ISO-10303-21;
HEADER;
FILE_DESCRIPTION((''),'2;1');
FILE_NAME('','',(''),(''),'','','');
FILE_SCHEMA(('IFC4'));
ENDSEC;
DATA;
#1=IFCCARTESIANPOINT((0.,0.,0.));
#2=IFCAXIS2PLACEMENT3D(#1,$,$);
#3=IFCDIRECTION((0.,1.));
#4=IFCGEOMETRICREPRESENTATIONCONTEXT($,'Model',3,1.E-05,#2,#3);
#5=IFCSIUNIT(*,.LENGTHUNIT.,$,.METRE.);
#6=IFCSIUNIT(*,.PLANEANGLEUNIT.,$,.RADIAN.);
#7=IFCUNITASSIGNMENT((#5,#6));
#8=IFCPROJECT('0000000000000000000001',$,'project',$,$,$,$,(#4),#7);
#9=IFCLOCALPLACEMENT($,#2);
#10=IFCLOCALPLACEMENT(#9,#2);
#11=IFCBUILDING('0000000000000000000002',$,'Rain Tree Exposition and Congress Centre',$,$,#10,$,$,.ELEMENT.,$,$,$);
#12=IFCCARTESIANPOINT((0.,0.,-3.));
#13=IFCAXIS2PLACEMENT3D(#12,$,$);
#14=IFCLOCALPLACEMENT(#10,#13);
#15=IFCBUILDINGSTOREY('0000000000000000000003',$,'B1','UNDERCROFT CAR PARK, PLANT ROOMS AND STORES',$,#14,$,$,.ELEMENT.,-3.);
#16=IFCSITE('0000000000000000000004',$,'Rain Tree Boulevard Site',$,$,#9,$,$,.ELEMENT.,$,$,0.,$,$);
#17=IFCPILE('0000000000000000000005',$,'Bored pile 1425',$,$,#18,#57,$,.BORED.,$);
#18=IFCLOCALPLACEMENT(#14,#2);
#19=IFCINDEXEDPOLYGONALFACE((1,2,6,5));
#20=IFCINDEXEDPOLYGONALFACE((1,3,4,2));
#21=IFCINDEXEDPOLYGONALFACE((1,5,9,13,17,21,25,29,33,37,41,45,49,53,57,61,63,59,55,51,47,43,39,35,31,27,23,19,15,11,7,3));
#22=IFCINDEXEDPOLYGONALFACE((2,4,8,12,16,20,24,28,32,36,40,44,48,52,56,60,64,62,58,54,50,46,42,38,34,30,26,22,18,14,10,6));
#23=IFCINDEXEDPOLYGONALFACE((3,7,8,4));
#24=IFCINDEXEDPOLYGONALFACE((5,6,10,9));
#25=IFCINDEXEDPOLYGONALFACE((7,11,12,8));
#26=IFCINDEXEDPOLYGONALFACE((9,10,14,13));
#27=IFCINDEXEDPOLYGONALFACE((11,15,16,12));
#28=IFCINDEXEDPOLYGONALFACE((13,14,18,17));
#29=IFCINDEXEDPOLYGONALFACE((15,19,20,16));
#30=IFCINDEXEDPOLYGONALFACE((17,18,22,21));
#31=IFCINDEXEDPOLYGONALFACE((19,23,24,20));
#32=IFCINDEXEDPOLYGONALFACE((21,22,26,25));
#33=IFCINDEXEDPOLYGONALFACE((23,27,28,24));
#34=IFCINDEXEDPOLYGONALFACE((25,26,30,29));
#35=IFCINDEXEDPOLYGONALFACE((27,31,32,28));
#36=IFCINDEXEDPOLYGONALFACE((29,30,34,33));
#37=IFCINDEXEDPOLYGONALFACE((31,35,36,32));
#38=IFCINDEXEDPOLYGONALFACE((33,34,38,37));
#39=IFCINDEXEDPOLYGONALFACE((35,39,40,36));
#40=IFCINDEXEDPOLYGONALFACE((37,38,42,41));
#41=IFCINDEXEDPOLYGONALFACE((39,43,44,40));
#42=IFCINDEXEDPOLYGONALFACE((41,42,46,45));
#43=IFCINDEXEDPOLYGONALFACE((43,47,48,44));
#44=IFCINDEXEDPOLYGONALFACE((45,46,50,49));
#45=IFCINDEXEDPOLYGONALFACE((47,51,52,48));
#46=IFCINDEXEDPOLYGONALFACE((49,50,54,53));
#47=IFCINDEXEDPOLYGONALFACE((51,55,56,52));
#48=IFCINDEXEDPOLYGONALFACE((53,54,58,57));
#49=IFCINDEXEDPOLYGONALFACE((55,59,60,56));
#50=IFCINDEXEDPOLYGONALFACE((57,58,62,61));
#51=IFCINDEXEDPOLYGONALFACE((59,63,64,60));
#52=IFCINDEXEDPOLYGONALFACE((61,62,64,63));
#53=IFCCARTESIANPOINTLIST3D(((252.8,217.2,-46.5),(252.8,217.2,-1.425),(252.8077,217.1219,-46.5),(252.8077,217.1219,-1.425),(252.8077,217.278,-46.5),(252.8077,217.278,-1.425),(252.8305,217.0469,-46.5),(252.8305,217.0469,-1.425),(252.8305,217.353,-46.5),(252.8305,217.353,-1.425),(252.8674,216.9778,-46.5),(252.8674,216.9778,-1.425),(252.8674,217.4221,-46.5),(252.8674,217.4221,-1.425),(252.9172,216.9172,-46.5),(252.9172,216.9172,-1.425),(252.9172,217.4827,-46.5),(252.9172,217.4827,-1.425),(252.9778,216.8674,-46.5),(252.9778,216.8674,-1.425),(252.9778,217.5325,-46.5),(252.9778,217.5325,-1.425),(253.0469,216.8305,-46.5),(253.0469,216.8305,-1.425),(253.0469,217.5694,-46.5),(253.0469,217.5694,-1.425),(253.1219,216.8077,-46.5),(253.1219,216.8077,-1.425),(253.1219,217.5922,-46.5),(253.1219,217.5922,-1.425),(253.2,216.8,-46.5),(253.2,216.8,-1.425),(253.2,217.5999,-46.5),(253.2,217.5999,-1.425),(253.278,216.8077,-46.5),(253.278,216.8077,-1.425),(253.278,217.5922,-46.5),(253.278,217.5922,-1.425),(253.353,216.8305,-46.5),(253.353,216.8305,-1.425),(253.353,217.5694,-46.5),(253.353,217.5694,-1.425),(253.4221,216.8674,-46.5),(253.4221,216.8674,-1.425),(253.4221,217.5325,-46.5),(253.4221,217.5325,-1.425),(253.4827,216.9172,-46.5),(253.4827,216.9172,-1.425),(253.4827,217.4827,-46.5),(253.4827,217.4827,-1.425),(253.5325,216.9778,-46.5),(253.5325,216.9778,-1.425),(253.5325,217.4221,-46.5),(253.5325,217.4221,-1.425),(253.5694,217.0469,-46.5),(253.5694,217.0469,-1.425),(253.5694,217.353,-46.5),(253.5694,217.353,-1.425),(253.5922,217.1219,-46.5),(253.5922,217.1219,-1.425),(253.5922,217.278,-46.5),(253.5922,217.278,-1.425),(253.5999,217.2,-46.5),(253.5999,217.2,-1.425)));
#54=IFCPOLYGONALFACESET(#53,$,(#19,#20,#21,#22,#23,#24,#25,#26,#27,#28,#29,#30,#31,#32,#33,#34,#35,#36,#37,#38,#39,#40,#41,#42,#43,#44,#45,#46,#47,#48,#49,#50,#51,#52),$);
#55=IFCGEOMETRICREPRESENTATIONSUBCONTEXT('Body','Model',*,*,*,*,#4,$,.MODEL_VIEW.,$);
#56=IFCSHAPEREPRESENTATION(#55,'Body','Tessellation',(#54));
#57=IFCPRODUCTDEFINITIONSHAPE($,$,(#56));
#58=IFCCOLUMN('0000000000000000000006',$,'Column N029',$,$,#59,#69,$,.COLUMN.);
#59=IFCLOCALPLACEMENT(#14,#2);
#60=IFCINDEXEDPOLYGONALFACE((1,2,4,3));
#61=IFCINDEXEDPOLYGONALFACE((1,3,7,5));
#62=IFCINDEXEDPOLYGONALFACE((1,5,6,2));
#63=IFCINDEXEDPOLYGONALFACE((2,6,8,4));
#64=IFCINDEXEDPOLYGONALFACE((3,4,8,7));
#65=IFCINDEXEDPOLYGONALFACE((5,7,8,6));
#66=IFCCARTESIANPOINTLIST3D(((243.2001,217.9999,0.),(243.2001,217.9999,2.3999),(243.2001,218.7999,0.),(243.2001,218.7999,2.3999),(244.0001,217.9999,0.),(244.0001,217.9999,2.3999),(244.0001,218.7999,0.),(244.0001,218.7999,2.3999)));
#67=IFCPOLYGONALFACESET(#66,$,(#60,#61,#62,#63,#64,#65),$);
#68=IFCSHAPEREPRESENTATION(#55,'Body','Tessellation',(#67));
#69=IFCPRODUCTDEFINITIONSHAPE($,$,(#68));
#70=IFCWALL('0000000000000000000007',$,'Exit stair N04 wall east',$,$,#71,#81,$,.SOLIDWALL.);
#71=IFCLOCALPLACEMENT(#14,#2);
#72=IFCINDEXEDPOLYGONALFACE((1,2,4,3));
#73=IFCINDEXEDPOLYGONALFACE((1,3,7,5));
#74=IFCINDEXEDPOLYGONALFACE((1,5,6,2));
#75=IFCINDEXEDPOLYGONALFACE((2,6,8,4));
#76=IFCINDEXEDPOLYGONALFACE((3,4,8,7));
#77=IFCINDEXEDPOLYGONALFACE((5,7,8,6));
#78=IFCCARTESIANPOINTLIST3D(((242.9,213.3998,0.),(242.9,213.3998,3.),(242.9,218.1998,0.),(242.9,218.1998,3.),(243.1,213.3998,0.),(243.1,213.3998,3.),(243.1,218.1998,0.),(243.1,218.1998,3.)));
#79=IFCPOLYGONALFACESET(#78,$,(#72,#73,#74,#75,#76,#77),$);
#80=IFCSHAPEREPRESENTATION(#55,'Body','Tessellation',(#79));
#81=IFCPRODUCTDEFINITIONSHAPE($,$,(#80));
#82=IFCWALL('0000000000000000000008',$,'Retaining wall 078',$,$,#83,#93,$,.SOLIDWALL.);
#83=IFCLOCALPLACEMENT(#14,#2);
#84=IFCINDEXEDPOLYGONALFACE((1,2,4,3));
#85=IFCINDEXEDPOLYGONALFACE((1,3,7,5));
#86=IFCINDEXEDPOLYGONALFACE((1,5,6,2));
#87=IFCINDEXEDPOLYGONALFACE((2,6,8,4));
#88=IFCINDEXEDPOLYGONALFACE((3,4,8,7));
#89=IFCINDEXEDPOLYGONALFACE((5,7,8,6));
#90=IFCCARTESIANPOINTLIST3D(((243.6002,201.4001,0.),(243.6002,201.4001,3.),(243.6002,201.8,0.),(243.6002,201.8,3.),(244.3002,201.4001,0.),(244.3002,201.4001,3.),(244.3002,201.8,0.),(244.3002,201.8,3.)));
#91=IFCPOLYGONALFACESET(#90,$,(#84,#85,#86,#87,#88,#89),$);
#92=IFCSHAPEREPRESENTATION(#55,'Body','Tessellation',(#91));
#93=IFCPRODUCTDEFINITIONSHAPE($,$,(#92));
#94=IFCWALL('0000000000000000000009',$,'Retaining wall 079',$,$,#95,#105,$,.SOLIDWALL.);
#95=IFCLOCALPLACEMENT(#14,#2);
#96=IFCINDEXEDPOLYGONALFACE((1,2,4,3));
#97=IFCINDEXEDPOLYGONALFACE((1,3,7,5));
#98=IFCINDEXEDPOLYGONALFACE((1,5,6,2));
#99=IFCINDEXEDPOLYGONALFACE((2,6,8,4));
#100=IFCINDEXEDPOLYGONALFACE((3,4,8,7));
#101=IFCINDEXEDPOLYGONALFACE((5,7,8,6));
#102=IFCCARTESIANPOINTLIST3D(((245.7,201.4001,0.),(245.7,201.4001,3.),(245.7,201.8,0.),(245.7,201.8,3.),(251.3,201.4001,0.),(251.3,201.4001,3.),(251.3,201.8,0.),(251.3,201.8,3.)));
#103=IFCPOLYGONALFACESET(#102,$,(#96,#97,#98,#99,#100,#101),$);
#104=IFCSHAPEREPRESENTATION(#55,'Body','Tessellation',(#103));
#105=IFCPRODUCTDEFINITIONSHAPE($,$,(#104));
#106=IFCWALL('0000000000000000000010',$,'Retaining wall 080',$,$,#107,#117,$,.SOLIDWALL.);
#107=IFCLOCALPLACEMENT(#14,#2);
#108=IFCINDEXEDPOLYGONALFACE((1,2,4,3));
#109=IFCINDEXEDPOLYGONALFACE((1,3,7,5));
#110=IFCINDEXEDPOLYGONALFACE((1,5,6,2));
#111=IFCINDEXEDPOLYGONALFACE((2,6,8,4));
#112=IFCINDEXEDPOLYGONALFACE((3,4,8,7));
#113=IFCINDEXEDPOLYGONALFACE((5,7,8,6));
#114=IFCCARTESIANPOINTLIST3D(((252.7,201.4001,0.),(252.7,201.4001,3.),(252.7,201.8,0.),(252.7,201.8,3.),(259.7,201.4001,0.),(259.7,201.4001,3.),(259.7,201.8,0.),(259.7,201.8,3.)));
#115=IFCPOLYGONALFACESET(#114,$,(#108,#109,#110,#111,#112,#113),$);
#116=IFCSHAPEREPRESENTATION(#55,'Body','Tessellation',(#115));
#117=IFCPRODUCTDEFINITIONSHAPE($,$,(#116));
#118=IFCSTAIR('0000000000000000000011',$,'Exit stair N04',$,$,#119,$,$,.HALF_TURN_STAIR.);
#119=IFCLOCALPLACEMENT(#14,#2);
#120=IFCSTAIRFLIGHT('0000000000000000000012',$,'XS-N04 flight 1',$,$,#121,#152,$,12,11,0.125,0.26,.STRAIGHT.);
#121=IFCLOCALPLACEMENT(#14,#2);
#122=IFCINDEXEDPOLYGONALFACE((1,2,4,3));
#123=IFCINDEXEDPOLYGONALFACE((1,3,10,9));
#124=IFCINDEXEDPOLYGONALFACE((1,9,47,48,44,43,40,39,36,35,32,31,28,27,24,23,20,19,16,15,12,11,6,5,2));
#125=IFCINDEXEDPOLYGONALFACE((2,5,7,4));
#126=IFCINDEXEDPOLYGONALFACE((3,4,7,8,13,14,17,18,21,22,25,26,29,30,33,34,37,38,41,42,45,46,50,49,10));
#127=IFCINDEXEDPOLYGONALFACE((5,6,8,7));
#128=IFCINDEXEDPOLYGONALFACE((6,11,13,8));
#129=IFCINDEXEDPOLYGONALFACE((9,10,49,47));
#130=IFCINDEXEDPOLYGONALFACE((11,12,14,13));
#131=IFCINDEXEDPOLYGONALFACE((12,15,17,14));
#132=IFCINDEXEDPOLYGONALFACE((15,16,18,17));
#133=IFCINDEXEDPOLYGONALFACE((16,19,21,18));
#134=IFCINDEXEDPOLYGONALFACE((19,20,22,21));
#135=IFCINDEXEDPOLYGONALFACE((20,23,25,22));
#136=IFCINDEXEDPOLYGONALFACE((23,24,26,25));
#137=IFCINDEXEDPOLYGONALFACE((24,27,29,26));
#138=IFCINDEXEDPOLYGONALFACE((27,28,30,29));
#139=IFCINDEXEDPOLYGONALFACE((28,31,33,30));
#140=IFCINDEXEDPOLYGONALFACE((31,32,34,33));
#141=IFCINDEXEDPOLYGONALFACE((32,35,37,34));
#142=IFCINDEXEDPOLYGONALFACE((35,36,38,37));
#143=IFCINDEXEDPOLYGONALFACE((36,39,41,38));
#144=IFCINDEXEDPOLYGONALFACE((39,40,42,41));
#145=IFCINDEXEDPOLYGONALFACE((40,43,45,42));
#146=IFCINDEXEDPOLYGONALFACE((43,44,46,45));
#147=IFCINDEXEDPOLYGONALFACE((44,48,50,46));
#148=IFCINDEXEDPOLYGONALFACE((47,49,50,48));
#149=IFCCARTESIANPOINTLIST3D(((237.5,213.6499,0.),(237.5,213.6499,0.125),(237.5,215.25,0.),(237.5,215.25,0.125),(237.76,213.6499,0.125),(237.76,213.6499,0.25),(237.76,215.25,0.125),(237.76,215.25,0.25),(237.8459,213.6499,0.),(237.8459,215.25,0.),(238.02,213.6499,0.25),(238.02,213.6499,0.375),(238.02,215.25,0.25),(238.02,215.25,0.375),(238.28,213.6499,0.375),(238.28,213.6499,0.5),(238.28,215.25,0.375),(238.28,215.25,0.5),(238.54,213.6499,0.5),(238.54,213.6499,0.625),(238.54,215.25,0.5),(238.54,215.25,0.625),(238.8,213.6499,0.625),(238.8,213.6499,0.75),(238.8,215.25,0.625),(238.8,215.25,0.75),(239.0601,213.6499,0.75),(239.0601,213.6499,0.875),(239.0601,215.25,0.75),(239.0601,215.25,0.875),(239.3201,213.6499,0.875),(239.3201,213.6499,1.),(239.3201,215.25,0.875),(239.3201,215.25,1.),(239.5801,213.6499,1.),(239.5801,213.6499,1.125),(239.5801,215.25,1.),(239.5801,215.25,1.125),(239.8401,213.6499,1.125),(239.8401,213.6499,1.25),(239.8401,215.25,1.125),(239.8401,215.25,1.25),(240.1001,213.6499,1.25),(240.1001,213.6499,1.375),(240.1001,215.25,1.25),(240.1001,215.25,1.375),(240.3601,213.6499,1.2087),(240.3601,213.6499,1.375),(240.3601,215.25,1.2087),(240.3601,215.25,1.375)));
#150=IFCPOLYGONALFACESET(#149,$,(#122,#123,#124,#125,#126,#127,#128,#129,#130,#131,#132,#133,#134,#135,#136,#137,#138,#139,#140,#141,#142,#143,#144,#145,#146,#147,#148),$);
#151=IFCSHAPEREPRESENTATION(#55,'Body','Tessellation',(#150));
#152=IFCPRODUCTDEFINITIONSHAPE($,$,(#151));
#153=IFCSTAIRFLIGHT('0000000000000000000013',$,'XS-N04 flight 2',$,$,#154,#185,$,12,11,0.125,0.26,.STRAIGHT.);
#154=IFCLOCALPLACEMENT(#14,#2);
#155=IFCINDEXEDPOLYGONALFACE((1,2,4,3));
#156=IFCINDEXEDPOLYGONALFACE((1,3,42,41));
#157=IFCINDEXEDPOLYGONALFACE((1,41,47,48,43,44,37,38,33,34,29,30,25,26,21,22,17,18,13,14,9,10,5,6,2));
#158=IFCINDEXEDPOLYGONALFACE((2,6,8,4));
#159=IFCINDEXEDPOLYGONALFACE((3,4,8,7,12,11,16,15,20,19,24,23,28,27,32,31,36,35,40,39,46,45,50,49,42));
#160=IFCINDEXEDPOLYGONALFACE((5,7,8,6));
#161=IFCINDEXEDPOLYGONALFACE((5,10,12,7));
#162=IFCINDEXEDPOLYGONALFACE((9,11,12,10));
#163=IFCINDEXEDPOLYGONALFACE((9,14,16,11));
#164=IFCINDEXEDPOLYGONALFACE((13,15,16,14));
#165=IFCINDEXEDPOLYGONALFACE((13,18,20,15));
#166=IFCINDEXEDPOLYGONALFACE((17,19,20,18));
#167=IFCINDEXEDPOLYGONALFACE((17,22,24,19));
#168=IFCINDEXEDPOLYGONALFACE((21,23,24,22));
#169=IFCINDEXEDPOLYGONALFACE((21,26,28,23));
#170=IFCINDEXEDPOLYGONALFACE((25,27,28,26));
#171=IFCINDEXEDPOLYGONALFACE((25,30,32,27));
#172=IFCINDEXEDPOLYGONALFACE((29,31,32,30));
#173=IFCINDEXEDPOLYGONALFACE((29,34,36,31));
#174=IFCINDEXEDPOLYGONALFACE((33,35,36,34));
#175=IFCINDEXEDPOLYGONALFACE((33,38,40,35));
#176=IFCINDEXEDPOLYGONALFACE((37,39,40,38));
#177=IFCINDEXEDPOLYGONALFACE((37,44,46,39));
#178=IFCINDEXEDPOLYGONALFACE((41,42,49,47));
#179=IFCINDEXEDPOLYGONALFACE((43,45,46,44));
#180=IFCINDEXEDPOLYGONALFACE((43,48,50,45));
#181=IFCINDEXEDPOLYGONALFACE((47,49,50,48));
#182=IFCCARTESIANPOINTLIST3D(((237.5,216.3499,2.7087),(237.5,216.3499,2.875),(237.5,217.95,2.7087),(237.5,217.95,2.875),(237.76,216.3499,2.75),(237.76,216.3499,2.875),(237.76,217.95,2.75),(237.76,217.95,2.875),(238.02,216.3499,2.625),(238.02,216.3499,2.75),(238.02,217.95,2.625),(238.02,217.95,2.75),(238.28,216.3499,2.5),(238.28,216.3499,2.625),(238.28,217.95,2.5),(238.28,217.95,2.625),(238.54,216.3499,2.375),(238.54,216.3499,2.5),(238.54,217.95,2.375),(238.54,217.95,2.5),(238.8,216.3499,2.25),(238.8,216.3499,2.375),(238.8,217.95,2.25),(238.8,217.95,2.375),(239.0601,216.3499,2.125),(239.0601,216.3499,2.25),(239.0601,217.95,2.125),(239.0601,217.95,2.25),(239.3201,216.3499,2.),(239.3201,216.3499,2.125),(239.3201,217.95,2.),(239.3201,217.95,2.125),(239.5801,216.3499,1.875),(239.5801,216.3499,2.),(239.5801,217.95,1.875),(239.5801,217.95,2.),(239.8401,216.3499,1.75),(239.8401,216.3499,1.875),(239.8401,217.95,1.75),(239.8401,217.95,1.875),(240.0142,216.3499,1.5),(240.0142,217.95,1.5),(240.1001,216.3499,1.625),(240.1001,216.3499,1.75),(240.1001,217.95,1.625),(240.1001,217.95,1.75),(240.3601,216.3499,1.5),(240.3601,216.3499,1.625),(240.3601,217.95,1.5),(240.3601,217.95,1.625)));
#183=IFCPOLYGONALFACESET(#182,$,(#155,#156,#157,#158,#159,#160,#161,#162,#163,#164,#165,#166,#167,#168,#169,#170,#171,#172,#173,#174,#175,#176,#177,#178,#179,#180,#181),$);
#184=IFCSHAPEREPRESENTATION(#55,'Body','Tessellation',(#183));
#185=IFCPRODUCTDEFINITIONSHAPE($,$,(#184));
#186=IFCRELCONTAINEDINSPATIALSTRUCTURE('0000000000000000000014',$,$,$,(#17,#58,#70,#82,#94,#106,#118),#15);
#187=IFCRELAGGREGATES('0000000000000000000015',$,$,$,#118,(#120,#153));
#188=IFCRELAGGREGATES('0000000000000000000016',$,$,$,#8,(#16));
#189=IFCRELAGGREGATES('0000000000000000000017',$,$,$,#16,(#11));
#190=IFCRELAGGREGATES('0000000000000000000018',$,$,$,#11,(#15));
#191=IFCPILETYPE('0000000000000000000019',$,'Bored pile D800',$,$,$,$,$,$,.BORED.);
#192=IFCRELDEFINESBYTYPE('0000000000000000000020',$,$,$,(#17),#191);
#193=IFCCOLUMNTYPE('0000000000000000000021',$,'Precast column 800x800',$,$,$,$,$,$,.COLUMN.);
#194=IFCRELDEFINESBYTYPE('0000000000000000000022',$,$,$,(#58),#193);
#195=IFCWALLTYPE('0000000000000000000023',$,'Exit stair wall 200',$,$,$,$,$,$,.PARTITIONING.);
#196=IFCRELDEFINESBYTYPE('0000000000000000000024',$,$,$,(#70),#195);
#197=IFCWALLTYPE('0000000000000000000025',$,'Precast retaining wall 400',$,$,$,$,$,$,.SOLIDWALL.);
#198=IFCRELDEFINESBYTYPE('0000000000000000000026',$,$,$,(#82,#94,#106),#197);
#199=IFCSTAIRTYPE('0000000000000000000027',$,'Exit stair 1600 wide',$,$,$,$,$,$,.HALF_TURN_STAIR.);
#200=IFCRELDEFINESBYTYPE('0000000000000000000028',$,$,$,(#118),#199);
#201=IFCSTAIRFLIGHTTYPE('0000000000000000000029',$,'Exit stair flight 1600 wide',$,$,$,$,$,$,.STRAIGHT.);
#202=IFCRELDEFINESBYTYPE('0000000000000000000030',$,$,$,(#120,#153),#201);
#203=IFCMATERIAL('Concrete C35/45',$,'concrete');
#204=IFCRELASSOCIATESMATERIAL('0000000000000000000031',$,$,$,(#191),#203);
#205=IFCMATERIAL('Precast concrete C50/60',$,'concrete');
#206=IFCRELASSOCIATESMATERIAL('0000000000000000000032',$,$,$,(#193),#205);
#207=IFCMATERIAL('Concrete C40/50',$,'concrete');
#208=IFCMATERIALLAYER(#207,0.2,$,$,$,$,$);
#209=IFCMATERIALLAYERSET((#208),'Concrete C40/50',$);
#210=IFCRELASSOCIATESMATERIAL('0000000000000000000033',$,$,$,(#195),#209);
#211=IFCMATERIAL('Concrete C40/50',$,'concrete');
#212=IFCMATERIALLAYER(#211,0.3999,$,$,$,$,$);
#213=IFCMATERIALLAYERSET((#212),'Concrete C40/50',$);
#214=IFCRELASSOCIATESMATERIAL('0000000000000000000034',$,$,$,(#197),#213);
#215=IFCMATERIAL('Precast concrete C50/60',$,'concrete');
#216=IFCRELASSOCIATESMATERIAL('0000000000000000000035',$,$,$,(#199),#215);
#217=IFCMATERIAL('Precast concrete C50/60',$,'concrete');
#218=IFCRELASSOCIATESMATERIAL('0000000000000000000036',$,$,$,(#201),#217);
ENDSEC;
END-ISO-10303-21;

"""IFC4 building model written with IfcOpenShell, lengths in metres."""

from ifc_helpers import new_model, si_unit, direction, frame, frame_2d, origin, origin_2d, place, context, subcontext, project, spatial, polyline, rectangle, circle, outline, extrude, material, layer, layer_set, material_profile, profile_set, type_object, element, aggregate, save


model = new_model("IFC4")

# Units and contexts
model_context = context("Model", 3, precision=1e-05, world=origin(), true_north=direction((0.0, 1.0)))
body_context = subcontext(model_context, "Body", "Model", "MODEL_VIEW")
ifc_project = project(units=[si_unit("LENGTHUNIT", "METRE"), si_unit("PLANEANGLEUNIT", "RADIAN")], contexts=[model_context])

# Site, building, storey
site_placement = place(None, origin())
site = spatial("IfcSite", under=ifc_project, at=site_placement, Name="Rain Tree Boulevard Site", CompositionType="ELEMENT", RefElevation=0.0)
building_placement = place(site_placement, origin())
building = spatial("IfcBuilding", under=site, at=building_placement, Name="Rain Tree Exposition and Congress Centre", CompositionType="ELEMENT")
storey_placement = place(building_placement, frame((0.0, 0.0, -3.0)))
storey = spatial("IfcBuildingStorey", under=building, at=storey_placement, Name="B1", Description="UNDERCROFT CAR PARK, PLANT ROOMS AND STORES", CompositionType="ELEMENT", Elevation=-3.0)

# Pile
ifc_material_1 = material(Name="Concrete C35/45", Category="concrete")
ifc_material_profile_1 = material_profile(ifc_material_1, circle(Radius=0.3999, at=origin_2d()), Name="D800")
ifc_profile_set_1 = profile_set([ifc_material_profile_1], Name="Concrete C35/45")
pile_type_1 = type_object("IfcPileType", Name="Bored pile D800", PredefinedType="BORED", material=ifc_profile_set_1)
for number, where, z_axis, x_axis, name in (
    (1, (253.2, 217.2, -1.425), (0.0, 0.0, -1.0), (1.0, 0.0, 0.0), "Bored pile 1425"),
):
    element("IfcPile", number, at=place(storey_placement, frame(where, z_axis=z_axis, x_axis=x_axis)), inside=storey, type_object=pile_type_1, Name=name, PredefinedType="BORED", context=body_context, shape_type="SweptSolid", body=[
        extrude(circle(Radius=0.3999, at=origin_2d()), origin(), (0.0, 0.0, 1.0), 45.075),
    ])

# Column
ifc_material_2 = material(Name="Precast concrete C50/60", Category="concrete")
ifc_material_profile_2 = material_profile(ifc_material_2, rectangle(XDim=0.8, YDim=0.8, at=origin_2d()), Name="RC 800x800")
ifc_profile_set_2 = profile_set([ifc_material_profile_2], Name="Precast concrete C50/60")
column_type = type_object("IfcColumnType", Name="Precast column 800x800", PredefinedType="COLUMN", material=ifc_profile_set_2)
column_placement = place(storey_placement, frame((243.6001, 218.3999, 0.0), z_axis=(0.0, 0.0, 1.0), x_axis=(1.0, 0.0, 0.0)))
element("IfcColumn", 2, at=column_placement, inside=storey, type_object=column_type, Name="Column N029", PredefinedType="COLUMN", context=body_context, shape_type="SweptSolid", body=[
    extrude(rectangle(XDim=0.8, YDim=0.8, at=origin_2d()), origin(), (0.0, 0.0, 1.0), 2.3999),
])

# Walls
ifc_material_3 = material(Name="Concrete C40/50", Category="concrete")
ifc_layer_1 = layer(ifc_material_3, 0.2)
ifc_layer_set_1 = layer_set([ifc_layer_1], Name="Concrete C40/50")
wall_type_1 = type_object("IfcWallType", Name="Exit stair wall 200", PredefinedType="PARTITIONING", material=ifc_layer_set_1)
wall_1_placement = place(storey_placement, frame((243.0, 213.3999, 0.0), z_axis=(0.0, 0.0, 1.0), x_axis=(0.0, 1.0, 0.0)))
element("IfcWall", 3, at=wall_1_placement, inside=storey, type_object=wall_type_1, Name="Exit stair N04 wall east", PredefinedType="SOLIDWALL", context=body_context, shape_type="SweptSolid", body=[
    extrude(rectangle(XDim=4.8, YDim=0.2, at=frame_2d((2.3999, 0.0))), origin(), (0.0, 0.0, 1.0), 3.0),
])
ifc_material_4 = material(Name="Concrete C40/50", Category="concrete")
ifc_layer_2 = layer(ifc_material_4, 0.3999)
ifc_layer_set_2 = layer_set([ifc_layer_2], Name="Concrete C40/50")
wall_type_2 = type_object("IfcWallType", Name="Precast retaining wall 400", PredefinedType="SOLIDWALL", material=ifc_layer_set_2)
wall_2_placement = place(storey_placement, frame((243.6001, 201.6001, 0.0), z_axis=(0.0, 0.0, 1.0), x_axis=(1.0, 0.0, 0.0)))
element("IfcWall", 4, at=wall_2_placement, inside=storey, type_object=wall_type_2, Name="Retaining wall 078", PredefinedType="SOLIDWALL", context=body_context, shape_type="SweptSolid", body=[
    extrude(rectangle(XDim=0.7, YDim=0.3999, at=frame_2d((0.3501, 0.0))), origin(), (0.0, 0.0, 1.0), 3.0),
])
wall_3_placement = place(storey_placement, frame((245.7, 201.6001, 0.0), z_axis=(0.0, 0.0, 1.0), x_axis=(1.0, 0.0, 0.0)))
element("IfcWall", 5, at=wall_3_placement, inside=storey, type_object=wall_type_2, Name="Retaining wall 079", PredefinedType="SOLIDWALL", context=body_context, shape_type="SweptSolid", body=[
    extrude(rectangle(XDim=5.6001, YDim=0.3999, at=frame_2d((2.8, 0.0))), origin(), (0.0, 0.0, 1.0), 3.0),
])
wall_4_placement = place(storey_placement, frame((252.7, 201.6001, 0.0), z_axis=(0.0, 0.0, 1.0), x_axis=(1.0, 0.0, 0.0)))
element("IfcWall", 6, at=wall_4_placement, inside=storey, type_object=wall_type_2, Name="Retaining wall 080", PredefinedType="SOLIDWALL", context=body_context, shape_type="SweptSolid", body=[
    extrude(rectangle(XDim=7.0, YDim=0.3999, at=frame_2d((3.5, 0.0))), origin(), (0.0, 0.0, 1.0), 3.0),
])

# Stair, stair flights
ifc_material_5 = material(Name="Precast concrete C50/60", Category="concrete")
stair_type = type_object("IfcStairType", Name="Exit stair 1600 wide", PredefinedType="HALF_TURN_STAIR", material=ifc_material_5)
stair_placement = place(storey_placement, origin())
stair = element("IfcStair", 7, at=stair_placement, inside=storey, type_object=stair_type, Name="Exit stair N04", PredefinedType="HALF_TURN_STAIR")
ifc_material_6 = material(Name="Precast concrete C50/60", Category="concrete")
stair_flight_type = type_object("IfcStairFlightType", Name="Exit stair flight 1600 wide", PredefinedType="STRAIGHT", material=ifc_material_6)
stair_flight_1_placement = place(storey_placement, frame((237.5, 214.45, 0.0), z_axis=(0.0, 0.0, 1.0), x_axis=(1.0, 0.0, 0.0)))
stair_flight_1 = element("IfcStairFlight", 8, at=stair_flight_1_placement, type_object=stair_flight_type, Name="XS-N04 flight 1", NumberOfRisers=12, NumberOfTreads=11, PredefinedType="STRAIGHT", RiserHeight=0.125, TreadLength=0.26, context=body_context, shape_type="SweptSolid", body=[
    extrude(outline(polyline([(0.0, 0.0), (0.0, 0.125), (0.26, 0.125), (0.26, 0.25), (0.52, 0.25), (0.52, 0.375), (0.78, 0.375), (0.78, 0.5), (1.04, 0.5), (1.04, 0.625), (1.3, 0.625), (1.3, 0.75), (1.5601, 0.75), (1.5601, 0.875), (1.8201, 0.875), (1.8201, 1.0), (2.0801, 1.0), (2.0801, 1.125), (2.3401, 1.125), (2.3401, 1.25), (2.6001, 1.25), (2.6001, 1.375), (2.8601, 1.375), (2.8601, 1.5), (2.8601, 1.2087), (0.3459, 0.0), (0.0, 0.0)])), frame((0.0, 0.8, 0.0), z_axis=(0.0, -1.0, 0.0), x_axis=(1.0, 0.0, 0.0)), (0.0, 0.0, 1.0), 1.6001),
])
stair_flight_2_placement = place(storey_placement, frame((240.3601, 217.1499, 1.5), z_axis=(0.0, 0.0, 1.0), x_axis=(-1.0, 0.0, 0.0)))
stair_flight_2 = element("IfcStairFlight", 9, at=stair_flight_2_placement, type_object=stair_flight_type, Name="XS-N04 flight 2", NumberOfRisers=12, NumberOfTreads=11, PredefinedType="STRAIGHT", RiserHeight=0.125, TreadLength=0.26, context=body_context, shape_type="SweptSolid", body=[
    extrude(outline(polyline([(0.0, 0.0), (0.0, 0.125), (0.26, 0.125), (0.26, 0.25), (0.52, 0.25), (0.52, 0.375), (0.78, 0.375), (0.78, 0.5), (1.04, 0.5), (1.04, 0.625), (1.3, 0.625), (1.3, 0.75), (1.5601, 0.75), (1.5601, 0.875), (1.8201, 0.875), (1.8201, 1.0), (2.0801, 1.0), (2.0801, 1.125), (2.3401, 1.125), (2.3401, 1.25), (2.6001, 1.25), (2.6001, 1.375), (2.8601, 1.375), (2.8601, 1.5), (2.8601, 1.2087), (0.3459, 0.0), (0.0, 0.0)])), frame((0.0, 0.8, 0.0), z_axis=(0.0, -1.0, 0.0), x_axis=(1.0, 0.0, 0.0)), (0.0, 0.0, 1.0), 1.6001),
])
aggregate(stair, [stair_flight_1, stair_flight_2])

save(model, "model.ifc")
